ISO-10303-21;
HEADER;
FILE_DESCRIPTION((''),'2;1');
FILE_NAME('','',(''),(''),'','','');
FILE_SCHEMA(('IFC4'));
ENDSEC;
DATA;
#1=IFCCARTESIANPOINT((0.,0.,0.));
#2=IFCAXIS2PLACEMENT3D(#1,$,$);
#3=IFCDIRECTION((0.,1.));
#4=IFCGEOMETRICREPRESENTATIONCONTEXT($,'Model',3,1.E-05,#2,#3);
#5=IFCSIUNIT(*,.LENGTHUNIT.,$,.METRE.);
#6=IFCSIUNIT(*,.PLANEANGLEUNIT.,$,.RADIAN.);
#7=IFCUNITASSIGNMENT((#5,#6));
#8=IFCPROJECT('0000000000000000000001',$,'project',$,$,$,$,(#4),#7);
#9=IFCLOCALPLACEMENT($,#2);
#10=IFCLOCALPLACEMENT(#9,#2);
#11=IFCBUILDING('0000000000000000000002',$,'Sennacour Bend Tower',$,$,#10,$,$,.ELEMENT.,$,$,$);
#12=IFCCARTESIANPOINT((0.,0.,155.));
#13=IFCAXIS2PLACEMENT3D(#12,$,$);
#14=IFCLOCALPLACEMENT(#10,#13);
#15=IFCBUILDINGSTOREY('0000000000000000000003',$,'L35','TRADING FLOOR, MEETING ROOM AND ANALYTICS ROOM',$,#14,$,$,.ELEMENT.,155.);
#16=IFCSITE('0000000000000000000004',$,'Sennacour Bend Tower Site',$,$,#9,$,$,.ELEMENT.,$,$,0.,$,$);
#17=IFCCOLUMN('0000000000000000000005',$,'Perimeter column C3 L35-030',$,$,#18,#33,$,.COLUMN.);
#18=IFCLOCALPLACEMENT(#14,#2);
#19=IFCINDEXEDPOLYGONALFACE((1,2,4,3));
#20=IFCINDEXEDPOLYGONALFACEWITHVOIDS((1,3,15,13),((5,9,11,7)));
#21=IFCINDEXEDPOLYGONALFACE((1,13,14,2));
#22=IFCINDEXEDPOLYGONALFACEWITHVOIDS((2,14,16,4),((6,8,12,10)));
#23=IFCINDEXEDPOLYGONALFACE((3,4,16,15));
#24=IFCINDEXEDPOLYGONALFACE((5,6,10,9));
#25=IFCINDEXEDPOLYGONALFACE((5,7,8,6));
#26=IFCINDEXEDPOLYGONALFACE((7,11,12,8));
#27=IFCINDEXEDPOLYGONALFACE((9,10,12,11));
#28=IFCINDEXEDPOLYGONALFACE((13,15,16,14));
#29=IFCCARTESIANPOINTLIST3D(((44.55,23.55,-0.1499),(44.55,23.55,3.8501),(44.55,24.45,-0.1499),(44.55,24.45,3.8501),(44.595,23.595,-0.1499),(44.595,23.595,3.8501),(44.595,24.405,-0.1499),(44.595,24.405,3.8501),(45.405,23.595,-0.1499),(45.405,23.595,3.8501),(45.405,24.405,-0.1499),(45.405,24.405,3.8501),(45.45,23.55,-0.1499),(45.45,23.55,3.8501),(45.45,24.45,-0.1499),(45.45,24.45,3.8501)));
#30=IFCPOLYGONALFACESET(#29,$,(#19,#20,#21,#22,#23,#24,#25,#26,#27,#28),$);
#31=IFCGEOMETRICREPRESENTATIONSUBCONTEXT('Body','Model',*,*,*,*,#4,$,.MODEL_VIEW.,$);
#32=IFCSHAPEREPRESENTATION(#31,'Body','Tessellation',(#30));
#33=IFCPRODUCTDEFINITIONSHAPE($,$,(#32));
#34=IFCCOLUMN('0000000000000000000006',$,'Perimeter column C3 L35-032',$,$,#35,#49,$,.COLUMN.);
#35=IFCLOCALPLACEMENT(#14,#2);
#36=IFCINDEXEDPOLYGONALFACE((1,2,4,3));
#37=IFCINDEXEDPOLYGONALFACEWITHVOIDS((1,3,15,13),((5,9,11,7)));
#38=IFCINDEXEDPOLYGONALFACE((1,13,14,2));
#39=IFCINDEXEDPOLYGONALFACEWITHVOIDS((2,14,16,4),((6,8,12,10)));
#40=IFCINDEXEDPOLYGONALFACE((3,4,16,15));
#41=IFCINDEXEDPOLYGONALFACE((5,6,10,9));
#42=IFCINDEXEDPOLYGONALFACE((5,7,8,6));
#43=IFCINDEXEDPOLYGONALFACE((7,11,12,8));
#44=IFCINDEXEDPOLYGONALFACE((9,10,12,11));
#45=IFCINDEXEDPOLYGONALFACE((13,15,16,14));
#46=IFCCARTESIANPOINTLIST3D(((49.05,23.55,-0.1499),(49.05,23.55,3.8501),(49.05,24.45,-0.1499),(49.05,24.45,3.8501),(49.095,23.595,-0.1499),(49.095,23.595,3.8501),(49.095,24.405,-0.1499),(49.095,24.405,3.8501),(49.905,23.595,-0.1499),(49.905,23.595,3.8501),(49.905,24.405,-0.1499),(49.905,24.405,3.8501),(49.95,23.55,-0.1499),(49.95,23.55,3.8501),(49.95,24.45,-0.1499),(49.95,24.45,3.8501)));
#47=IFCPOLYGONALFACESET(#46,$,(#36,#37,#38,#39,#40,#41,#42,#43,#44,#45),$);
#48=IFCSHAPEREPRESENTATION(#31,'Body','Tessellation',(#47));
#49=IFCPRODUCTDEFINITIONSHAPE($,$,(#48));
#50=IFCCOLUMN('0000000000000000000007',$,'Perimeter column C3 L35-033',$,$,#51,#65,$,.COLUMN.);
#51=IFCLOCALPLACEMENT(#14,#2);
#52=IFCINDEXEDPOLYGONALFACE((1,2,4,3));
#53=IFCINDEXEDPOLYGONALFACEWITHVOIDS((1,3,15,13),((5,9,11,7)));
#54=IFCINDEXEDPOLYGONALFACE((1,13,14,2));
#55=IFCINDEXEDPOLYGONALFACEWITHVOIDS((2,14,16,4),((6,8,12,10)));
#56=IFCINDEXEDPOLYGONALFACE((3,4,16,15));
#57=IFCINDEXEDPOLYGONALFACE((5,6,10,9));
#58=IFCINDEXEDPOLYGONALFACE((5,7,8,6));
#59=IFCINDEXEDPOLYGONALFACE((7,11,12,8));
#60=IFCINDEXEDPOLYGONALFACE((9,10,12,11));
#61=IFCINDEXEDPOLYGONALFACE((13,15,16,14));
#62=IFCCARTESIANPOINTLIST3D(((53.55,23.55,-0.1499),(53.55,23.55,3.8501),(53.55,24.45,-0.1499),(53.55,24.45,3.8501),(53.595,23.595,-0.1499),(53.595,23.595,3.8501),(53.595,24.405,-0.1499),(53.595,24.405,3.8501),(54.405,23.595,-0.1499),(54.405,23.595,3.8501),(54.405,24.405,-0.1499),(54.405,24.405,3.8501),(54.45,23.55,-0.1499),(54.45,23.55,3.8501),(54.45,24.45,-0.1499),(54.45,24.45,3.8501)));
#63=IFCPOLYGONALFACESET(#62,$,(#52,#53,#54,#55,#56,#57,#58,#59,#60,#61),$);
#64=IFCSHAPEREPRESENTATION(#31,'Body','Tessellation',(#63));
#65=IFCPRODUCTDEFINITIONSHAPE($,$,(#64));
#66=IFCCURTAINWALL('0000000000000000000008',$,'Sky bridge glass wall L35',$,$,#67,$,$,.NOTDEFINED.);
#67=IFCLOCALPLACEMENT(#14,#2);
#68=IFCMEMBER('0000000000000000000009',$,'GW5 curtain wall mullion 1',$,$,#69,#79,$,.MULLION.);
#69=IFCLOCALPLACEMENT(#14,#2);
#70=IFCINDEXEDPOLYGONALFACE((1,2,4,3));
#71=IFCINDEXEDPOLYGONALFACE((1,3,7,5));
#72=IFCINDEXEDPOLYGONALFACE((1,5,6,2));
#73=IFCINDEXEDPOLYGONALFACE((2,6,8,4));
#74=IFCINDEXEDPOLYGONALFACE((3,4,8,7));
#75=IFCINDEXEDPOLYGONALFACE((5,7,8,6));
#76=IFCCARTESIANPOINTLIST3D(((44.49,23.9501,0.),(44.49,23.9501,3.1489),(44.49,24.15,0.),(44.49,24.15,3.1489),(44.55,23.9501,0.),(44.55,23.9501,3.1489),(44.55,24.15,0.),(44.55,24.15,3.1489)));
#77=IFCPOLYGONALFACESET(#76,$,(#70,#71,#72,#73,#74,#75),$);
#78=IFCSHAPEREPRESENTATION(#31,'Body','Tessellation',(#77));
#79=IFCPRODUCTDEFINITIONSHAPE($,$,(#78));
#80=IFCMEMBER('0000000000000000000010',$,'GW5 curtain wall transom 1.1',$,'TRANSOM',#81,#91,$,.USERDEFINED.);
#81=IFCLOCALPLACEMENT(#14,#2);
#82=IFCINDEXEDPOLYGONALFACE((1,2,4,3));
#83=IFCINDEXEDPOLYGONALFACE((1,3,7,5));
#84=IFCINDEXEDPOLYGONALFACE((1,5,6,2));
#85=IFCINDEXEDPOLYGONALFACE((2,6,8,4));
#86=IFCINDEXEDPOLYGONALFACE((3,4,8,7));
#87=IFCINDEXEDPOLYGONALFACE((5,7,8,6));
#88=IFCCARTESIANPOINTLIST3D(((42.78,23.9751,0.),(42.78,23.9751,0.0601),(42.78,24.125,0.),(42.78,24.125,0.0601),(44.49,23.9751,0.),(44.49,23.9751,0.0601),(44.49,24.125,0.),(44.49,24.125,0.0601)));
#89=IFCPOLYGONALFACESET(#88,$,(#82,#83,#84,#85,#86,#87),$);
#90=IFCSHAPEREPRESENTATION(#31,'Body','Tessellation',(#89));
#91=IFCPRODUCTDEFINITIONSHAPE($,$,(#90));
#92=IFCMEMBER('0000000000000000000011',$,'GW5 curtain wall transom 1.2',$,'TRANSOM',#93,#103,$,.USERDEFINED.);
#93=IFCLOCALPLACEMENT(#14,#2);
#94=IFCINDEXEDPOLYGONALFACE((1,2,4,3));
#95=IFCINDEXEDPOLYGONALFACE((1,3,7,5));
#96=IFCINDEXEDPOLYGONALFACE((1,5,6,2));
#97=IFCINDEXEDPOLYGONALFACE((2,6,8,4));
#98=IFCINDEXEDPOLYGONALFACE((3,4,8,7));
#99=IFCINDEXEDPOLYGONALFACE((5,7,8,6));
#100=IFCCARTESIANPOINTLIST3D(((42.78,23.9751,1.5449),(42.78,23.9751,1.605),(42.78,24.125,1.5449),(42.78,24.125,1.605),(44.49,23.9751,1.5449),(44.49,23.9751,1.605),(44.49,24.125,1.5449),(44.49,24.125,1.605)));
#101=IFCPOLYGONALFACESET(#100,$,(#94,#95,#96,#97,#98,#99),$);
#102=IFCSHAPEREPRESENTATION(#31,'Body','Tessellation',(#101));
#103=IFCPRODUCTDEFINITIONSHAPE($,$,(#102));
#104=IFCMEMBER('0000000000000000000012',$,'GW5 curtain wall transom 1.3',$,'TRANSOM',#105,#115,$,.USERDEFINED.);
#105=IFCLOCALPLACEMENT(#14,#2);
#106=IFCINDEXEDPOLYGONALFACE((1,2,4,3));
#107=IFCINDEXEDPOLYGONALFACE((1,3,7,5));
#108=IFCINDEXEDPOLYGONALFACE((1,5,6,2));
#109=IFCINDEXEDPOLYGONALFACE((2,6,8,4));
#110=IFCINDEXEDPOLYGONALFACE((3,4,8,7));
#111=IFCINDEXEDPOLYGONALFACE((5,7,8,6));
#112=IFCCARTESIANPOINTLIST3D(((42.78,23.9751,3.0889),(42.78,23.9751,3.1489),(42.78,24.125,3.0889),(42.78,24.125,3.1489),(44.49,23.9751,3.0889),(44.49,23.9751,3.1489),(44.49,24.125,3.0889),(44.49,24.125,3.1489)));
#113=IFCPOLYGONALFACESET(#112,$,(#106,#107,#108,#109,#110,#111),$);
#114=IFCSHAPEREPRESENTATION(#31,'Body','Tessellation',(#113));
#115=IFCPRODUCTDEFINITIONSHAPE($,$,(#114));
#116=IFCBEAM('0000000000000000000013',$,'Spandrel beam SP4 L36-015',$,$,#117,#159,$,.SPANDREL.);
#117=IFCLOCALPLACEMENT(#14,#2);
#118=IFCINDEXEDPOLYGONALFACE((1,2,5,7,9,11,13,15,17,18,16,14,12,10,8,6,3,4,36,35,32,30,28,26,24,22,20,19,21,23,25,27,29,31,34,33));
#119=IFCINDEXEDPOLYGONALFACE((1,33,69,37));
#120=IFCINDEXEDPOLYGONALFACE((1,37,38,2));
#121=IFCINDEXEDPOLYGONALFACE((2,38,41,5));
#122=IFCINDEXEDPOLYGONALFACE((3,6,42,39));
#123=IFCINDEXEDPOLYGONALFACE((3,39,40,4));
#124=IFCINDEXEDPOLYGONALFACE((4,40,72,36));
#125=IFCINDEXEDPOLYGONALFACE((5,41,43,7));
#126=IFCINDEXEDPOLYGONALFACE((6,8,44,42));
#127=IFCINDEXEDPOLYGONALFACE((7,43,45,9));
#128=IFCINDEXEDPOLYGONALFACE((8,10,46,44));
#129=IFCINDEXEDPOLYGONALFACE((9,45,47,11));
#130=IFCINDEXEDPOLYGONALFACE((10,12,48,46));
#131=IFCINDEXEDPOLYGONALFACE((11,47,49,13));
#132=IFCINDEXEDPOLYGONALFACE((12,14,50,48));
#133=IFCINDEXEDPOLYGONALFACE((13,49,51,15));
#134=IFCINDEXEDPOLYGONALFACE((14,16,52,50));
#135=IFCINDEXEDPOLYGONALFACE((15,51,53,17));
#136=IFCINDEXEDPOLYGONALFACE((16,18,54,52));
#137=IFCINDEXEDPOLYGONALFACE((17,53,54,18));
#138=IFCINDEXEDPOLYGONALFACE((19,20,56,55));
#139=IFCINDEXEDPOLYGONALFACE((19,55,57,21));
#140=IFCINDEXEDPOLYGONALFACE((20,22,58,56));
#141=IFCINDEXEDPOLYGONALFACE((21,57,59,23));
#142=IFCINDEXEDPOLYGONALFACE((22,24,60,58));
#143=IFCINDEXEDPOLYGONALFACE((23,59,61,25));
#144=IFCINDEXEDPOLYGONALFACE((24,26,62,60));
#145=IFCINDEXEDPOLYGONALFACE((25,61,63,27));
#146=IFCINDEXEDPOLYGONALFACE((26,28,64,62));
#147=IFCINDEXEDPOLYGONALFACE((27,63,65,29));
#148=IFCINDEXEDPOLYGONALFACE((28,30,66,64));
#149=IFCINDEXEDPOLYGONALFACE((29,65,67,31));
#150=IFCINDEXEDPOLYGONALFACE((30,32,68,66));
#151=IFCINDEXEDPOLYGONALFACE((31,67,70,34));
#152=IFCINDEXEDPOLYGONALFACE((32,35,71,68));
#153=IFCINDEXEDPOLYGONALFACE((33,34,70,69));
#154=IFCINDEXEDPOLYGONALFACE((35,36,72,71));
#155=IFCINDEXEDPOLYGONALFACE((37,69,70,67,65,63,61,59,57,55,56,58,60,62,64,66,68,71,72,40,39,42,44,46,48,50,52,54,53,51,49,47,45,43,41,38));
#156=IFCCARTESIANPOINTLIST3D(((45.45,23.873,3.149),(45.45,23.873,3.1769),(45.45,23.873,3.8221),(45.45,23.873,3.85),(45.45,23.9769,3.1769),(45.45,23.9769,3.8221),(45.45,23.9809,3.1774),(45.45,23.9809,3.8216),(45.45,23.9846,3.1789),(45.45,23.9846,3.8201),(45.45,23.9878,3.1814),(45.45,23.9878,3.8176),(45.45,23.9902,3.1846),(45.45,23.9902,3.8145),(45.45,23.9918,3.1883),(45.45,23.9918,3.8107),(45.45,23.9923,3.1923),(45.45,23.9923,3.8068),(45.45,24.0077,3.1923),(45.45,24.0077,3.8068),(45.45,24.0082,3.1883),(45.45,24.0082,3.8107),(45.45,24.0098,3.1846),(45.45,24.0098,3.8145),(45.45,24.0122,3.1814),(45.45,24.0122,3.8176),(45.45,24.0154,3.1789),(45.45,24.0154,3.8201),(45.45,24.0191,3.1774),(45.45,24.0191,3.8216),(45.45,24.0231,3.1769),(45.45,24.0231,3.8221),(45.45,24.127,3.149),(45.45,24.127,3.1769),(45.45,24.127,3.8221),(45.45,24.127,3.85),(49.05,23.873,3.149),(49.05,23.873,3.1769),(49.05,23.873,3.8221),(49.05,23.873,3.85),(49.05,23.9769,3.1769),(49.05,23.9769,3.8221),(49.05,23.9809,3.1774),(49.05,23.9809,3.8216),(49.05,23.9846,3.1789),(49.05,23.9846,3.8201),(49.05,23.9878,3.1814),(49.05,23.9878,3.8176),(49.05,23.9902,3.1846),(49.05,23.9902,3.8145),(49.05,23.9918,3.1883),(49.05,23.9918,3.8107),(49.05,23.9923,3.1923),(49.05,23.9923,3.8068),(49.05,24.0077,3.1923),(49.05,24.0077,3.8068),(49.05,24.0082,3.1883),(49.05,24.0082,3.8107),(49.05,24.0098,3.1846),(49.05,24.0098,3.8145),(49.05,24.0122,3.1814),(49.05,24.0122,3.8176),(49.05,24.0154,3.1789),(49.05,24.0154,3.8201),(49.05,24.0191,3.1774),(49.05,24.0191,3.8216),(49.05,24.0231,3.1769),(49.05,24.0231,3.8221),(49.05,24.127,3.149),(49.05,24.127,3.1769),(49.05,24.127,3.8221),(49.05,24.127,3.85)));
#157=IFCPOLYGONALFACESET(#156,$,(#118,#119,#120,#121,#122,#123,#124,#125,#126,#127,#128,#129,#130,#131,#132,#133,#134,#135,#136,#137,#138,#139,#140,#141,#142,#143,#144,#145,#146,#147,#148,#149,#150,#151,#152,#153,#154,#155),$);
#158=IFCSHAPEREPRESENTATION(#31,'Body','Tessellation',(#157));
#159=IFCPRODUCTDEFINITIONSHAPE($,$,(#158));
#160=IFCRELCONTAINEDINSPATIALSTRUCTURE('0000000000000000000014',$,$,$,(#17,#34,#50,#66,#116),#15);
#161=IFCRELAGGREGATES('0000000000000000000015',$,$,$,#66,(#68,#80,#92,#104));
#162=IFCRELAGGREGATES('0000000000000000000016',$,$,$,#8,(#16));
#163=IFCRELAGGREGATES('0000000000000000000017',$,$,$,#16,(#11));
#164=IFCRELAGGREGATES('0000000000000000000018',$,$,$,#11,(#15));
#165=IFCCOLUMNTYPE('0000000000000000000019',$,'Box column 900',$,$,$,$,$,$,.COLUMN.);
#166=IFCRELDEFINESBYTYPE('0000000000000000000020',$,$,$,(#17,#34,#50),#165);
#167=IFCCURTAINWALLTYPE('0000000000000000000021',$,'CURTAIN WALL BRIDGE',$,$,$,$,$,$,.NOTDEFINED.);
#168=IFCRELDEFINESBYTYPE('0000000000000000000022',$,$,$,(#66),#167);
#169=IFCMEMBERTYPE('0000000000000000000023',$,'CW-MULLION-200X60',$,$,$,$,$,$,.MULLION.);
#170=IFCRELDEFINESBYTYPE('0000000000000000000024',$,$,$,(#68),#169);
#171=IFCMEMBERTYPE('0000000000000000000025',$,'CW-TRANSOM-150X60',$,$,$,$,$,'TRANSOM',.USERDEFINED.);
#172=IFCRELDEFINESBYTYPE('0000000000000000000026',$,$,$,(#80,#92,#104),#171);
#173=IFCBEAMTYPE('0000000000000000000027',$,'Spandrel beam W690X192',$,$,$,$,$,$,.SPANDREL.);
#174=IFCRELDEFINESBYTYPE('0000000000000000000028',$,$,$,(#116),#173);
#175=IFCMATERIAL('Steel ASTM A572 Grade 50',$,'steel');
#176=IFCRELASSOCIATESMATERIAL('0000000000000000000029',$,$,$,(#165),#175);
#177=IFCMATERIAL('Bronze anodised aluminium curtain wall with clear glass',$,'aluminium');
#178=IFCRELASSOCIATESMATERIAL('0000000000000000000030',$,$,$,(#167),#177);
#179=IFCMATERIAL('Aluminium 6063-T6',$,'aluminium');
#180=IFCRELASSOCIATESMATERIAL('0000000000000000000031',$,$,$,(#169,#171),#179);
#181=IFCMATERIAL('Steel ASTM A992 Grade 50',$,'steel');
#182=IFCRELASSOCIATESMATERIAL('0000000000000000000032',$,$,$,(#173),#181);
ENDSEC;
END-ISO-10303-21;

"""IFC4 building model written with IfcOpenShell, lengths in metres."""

from ifc_helpers import new_model, si_unit, direction, frame, origin, origin_2d, place, context, subcontext, project, spatial, rectangle, hollow_rectangle, i_section, extrude, material, material_profile, profile_set, type_object, element, aggregate, save


model = new_model("IFC4")

# Units and contexts
model_context = context("Model", 3, precision=1e-05, world=origin(), true_north=direction((0.0, 1.0)))
body_context = subcontext(model_context, "Body", "Model", "MODEL_VIEW")
ifc_project = project(units=[si_unit("LENGTHUNIT", "METRE"), si_unit("PLANEANGLEUNIT", "RADIAN")], contexts=[model_context])

# Site, building, storey
site_placement = place(None, origin())
site = spatial("IfcSite", under=ifc_project, at=site_placement, Name="Sennacour Bend Tower Site", CompositionType="ELEMENT", RefElevation=0.0)
building_placement = place(site_placement, origin())
building = spatial("IfcBuilding", under=site, at=building_placement, Name="Sennacour Bend Tower", CompositionType="ELEMENT")
storey_placement = place(building_placement, frame((0.0, 0.0, 155.0)))
storey = spatial("IfcBuildingStorey", under=building, at=storey_placement, Name="L35", Description="TRADING FLOOR, MEETING ROOM AND ANALYTICS ROOM", CompositionType="ELEMENT", Elevation=155.0)

# Columns
ifc_material_1 = material(Name="Steel ASTM A572 Grade 50", Category="steel")
ifc_material_profile_1 = material_profile(ifc_material_1, hollow_rectangle(XDim=0.8999, YDim=0.8999, WallThickness=0.0449, at=origin_2d()), Name="Steel ASTM A572 Grade 50", Category="steel")
ifc_profile_set_1 = profile_set([ifc_material_profile_1], Name="Steel ASTM A572 Grade 50")
column_type = type_object("IfcColumnType", Name="Box column 900", PredefinedType="COLUMN", material=ifc_profile_set_1)
for number, where, z_axis, x_axis, name in (
    (1, (45.0, 24.0, -0.1499), (0.0, 0.0, 1.0), (1.0, 0.0, 0.0), "Perimeter column C3 L35-030"),
    (2, (49.5, 24.0, -0.1499), (0.0, 0.0, 1.0), (1.0, 0.0, 0.0), "Perimeter column C3 L35-032"),
    (3, (54.0, 24.0, -0.1499), (0.0, 0.0, 1.0), (1.0, 0.0, 0.0), "Perimeter column C3 L35-033"),
):
    element("IfcColumn", number, at=place(storey_placement, frame(where, z_axis=z_axis, x_axis=x_axis)), inside=storey, type_object=column_type, Name=name, PredefinedType="COLUMN", context=body_context, shape_type="SweptSolid", body=[
        extrude(hollow_rectangle(XDim=0.8999, YDim=0.8999, WallThickness=0.0449, at=origin_2d()), origin(), (0.0, 0.0, 1.0), 4.0),
    ])

# Curtain wall, members
ifc_material_2 = material(Name="Bronze anodised aluminium curtain wall with clear glass", Category="aluminium")
curtain_wall_type = type_object("IfcCurtainWallType", Name="CURTAIN WALL BRIDGE", PredefinedType="NOTDEFINED", material=ifc_material_2)
curtain_wall_placement = place(storey_placement, origin())
curtain_wall = element("IfcCurtainWall", 4, at=curtain_wall_placement, inside=storey, type_object=curtain_wall_type, Name="Sky bridge glass wall L35", PredefinedType="NOTDEFINED")
ifc_material_3 = material(Name="Aluminium 6063-T6", Category="aluminium")
ifc_material_profile_2 = material_profile(ifc_material_3, rectangle(XDim=0.2, YDim=0.0601, at=origin_2d()), Name="Aluminium 6063-T6", Category="aluminium")
ifc_profile_set_2 = profile_set([ifc_material_profile_2], Name="Aluminium 6063-T6")
member_type_1 = type_object("IfcMemberType", Name="CW-MULLION-200X60", PredefinedType="MULLION", material=ifc_profile_set_2)
member_1_placement = place(storey_placement, frame((44.52, 24.05, 0.0), z_axis=(0.0, 0.0, 1.0), x_axis=(0.0, -1.0, 0.0)))
member_1 = element("IfcMember", 5, at=member_1_placement, type_object=member_type_1, Name="GW5 curtain wall mullion 1", PredefinedType="MULLION", context=body_context, shape_type="SweptSolid", body=[
    extrude(rectangle(XDim=0.2, YDim=0.0601, at=origin_2d()), origin(), (0.0, 0.0, 1.0), 3.1489),
])
ifc_material_profile_3 = material_profile(ifc_material_3, rectangle(XDim=0.1499, YDim=0.0601, at=origin_2d()), Name="Aluminium 6063-T6", Category="aluminium")
ifc_profile_set_3 = profile_set([ifc_material_profile_3], Name="Aluminium 6063-T6")
member_type_2 = type_object("IfcMemberType", Name="CW-TRANSOM-150X60", ElementType="TRANSOM", PredefinedType="USERDEFINED", material=ifc_profile_set_3)
member_2_placement = place(storey_placement, frame((44.49, 24.05, 0.03), z_axis=(-1.0, 0.0, 0.0), x_axis=(0.0, -1.0, 0.0)))
member_2 = element("IfcMember", 6, at=member_2_placement, type_object=member_type_2, Name="GW5 curtain wall transom 1.1", ObjectType="TRANSOM", PredefinedType="USERDEFINED", context=body_context, shape_type="SweptSolid", body=[
    extrude(rectangle(XDim=0.1499, YDim=0.0601, at=origin_2d()), origin(), (0.0, 0.0, 1.0), 1.71),
])
member_3_placement = place(storey_placement, frame((44.49, 24.05, 1.575), z_axis=(-1.0, 0.0, 0.0), x_axis=(0.0, -1.0, 0.0)))
member_3 = element("IfcMember", 7, at=member_3_placement, type_object=member_type_2, Name="GW5 curtain wall transom 1.2", ObjectType="TRANSOM", PredefinedType="USERDEFINED", context=body_context, shape_type="SweptSolid", body=[
    extrude(rectangle(XDim=0.1499, YDim=0.0601, at=origin_2d()), origin(), (0.0, 0.0, 1.0), 1.71),
])
member_4_placement = place(storey_placement, frame((44.49, 24.05, 3.1189), z_axis=(-1.0, 0.0, 0.0), x_axis=(0.0, -1.0, 0.0)))
member_4 = element("IfcMember", 8, at=member_4_placement, type_object=member_type_2, Name="GW5 curtain wall transom 1.3", ObjectType="TRANSOM", PredefinedType="USERDEFINED", context=body_context, shape_type="SweptSolid", body=[
    extrude(rectangle(XDim=0.1499, YDim=0.0601, at=origin_2d()), origin(), (0.0, 0.0, 1.0), 1.71),
])

# Beam
ifc_material_4 = material(Name="Steel ASTM A992 Grade 50", Category="steel")
ifc_material_profile_4 = material_profile(ifc_material_4, i_section(OverallWidth=0.2539, OverallDepth=0.7009, WebThickness=0.0154, FlangeThickness=0.0278, FilletRadius=0.0154, at=origin_2d()), Name="Steel ASTM A992 Grade 50", Category="steel")
ifc_profile_set_4 = profile_set([ifc_material_profile_4], Name="Steel ASTM A992 Grade 50")
beam_type = type_object("IfcBeamType", Name="Spandrel beam W690X192", PredefinedType="SPANDREL", material=ifc_profile_set_4)
for number, where, z_axis, x_axis, name in (
    (9, (45.45, 24.0, 3.4995), (1.0, 0.0, 0.0), (0.0, 1.0, 0.0), "Spandrel beam SP4 L36-015"),
):
    element("IfcBeam", number, at=place(storey_placement, frame(where, z_axis=z_axis, x_axis=x_axis)), inside=storey, type_object=beam_type, Name=name, PredefinedType="SPANDREL", context=body_context, shape_type="SweptSolid", body=[
        extrude(i_section(OverallWidth=0.2539, OverallDepth=0.7009, WebThickness=0.0154, FlangeThickness=0.0278, FilletRadius=0.0154, at=origin_2d()), origin(), (0.0, 0.0, 1.0), 3.6001),
    ])

aggregate(curtain_wall, [member_1, member_2, member_3, member_4])

save(model, "model.ifc")
